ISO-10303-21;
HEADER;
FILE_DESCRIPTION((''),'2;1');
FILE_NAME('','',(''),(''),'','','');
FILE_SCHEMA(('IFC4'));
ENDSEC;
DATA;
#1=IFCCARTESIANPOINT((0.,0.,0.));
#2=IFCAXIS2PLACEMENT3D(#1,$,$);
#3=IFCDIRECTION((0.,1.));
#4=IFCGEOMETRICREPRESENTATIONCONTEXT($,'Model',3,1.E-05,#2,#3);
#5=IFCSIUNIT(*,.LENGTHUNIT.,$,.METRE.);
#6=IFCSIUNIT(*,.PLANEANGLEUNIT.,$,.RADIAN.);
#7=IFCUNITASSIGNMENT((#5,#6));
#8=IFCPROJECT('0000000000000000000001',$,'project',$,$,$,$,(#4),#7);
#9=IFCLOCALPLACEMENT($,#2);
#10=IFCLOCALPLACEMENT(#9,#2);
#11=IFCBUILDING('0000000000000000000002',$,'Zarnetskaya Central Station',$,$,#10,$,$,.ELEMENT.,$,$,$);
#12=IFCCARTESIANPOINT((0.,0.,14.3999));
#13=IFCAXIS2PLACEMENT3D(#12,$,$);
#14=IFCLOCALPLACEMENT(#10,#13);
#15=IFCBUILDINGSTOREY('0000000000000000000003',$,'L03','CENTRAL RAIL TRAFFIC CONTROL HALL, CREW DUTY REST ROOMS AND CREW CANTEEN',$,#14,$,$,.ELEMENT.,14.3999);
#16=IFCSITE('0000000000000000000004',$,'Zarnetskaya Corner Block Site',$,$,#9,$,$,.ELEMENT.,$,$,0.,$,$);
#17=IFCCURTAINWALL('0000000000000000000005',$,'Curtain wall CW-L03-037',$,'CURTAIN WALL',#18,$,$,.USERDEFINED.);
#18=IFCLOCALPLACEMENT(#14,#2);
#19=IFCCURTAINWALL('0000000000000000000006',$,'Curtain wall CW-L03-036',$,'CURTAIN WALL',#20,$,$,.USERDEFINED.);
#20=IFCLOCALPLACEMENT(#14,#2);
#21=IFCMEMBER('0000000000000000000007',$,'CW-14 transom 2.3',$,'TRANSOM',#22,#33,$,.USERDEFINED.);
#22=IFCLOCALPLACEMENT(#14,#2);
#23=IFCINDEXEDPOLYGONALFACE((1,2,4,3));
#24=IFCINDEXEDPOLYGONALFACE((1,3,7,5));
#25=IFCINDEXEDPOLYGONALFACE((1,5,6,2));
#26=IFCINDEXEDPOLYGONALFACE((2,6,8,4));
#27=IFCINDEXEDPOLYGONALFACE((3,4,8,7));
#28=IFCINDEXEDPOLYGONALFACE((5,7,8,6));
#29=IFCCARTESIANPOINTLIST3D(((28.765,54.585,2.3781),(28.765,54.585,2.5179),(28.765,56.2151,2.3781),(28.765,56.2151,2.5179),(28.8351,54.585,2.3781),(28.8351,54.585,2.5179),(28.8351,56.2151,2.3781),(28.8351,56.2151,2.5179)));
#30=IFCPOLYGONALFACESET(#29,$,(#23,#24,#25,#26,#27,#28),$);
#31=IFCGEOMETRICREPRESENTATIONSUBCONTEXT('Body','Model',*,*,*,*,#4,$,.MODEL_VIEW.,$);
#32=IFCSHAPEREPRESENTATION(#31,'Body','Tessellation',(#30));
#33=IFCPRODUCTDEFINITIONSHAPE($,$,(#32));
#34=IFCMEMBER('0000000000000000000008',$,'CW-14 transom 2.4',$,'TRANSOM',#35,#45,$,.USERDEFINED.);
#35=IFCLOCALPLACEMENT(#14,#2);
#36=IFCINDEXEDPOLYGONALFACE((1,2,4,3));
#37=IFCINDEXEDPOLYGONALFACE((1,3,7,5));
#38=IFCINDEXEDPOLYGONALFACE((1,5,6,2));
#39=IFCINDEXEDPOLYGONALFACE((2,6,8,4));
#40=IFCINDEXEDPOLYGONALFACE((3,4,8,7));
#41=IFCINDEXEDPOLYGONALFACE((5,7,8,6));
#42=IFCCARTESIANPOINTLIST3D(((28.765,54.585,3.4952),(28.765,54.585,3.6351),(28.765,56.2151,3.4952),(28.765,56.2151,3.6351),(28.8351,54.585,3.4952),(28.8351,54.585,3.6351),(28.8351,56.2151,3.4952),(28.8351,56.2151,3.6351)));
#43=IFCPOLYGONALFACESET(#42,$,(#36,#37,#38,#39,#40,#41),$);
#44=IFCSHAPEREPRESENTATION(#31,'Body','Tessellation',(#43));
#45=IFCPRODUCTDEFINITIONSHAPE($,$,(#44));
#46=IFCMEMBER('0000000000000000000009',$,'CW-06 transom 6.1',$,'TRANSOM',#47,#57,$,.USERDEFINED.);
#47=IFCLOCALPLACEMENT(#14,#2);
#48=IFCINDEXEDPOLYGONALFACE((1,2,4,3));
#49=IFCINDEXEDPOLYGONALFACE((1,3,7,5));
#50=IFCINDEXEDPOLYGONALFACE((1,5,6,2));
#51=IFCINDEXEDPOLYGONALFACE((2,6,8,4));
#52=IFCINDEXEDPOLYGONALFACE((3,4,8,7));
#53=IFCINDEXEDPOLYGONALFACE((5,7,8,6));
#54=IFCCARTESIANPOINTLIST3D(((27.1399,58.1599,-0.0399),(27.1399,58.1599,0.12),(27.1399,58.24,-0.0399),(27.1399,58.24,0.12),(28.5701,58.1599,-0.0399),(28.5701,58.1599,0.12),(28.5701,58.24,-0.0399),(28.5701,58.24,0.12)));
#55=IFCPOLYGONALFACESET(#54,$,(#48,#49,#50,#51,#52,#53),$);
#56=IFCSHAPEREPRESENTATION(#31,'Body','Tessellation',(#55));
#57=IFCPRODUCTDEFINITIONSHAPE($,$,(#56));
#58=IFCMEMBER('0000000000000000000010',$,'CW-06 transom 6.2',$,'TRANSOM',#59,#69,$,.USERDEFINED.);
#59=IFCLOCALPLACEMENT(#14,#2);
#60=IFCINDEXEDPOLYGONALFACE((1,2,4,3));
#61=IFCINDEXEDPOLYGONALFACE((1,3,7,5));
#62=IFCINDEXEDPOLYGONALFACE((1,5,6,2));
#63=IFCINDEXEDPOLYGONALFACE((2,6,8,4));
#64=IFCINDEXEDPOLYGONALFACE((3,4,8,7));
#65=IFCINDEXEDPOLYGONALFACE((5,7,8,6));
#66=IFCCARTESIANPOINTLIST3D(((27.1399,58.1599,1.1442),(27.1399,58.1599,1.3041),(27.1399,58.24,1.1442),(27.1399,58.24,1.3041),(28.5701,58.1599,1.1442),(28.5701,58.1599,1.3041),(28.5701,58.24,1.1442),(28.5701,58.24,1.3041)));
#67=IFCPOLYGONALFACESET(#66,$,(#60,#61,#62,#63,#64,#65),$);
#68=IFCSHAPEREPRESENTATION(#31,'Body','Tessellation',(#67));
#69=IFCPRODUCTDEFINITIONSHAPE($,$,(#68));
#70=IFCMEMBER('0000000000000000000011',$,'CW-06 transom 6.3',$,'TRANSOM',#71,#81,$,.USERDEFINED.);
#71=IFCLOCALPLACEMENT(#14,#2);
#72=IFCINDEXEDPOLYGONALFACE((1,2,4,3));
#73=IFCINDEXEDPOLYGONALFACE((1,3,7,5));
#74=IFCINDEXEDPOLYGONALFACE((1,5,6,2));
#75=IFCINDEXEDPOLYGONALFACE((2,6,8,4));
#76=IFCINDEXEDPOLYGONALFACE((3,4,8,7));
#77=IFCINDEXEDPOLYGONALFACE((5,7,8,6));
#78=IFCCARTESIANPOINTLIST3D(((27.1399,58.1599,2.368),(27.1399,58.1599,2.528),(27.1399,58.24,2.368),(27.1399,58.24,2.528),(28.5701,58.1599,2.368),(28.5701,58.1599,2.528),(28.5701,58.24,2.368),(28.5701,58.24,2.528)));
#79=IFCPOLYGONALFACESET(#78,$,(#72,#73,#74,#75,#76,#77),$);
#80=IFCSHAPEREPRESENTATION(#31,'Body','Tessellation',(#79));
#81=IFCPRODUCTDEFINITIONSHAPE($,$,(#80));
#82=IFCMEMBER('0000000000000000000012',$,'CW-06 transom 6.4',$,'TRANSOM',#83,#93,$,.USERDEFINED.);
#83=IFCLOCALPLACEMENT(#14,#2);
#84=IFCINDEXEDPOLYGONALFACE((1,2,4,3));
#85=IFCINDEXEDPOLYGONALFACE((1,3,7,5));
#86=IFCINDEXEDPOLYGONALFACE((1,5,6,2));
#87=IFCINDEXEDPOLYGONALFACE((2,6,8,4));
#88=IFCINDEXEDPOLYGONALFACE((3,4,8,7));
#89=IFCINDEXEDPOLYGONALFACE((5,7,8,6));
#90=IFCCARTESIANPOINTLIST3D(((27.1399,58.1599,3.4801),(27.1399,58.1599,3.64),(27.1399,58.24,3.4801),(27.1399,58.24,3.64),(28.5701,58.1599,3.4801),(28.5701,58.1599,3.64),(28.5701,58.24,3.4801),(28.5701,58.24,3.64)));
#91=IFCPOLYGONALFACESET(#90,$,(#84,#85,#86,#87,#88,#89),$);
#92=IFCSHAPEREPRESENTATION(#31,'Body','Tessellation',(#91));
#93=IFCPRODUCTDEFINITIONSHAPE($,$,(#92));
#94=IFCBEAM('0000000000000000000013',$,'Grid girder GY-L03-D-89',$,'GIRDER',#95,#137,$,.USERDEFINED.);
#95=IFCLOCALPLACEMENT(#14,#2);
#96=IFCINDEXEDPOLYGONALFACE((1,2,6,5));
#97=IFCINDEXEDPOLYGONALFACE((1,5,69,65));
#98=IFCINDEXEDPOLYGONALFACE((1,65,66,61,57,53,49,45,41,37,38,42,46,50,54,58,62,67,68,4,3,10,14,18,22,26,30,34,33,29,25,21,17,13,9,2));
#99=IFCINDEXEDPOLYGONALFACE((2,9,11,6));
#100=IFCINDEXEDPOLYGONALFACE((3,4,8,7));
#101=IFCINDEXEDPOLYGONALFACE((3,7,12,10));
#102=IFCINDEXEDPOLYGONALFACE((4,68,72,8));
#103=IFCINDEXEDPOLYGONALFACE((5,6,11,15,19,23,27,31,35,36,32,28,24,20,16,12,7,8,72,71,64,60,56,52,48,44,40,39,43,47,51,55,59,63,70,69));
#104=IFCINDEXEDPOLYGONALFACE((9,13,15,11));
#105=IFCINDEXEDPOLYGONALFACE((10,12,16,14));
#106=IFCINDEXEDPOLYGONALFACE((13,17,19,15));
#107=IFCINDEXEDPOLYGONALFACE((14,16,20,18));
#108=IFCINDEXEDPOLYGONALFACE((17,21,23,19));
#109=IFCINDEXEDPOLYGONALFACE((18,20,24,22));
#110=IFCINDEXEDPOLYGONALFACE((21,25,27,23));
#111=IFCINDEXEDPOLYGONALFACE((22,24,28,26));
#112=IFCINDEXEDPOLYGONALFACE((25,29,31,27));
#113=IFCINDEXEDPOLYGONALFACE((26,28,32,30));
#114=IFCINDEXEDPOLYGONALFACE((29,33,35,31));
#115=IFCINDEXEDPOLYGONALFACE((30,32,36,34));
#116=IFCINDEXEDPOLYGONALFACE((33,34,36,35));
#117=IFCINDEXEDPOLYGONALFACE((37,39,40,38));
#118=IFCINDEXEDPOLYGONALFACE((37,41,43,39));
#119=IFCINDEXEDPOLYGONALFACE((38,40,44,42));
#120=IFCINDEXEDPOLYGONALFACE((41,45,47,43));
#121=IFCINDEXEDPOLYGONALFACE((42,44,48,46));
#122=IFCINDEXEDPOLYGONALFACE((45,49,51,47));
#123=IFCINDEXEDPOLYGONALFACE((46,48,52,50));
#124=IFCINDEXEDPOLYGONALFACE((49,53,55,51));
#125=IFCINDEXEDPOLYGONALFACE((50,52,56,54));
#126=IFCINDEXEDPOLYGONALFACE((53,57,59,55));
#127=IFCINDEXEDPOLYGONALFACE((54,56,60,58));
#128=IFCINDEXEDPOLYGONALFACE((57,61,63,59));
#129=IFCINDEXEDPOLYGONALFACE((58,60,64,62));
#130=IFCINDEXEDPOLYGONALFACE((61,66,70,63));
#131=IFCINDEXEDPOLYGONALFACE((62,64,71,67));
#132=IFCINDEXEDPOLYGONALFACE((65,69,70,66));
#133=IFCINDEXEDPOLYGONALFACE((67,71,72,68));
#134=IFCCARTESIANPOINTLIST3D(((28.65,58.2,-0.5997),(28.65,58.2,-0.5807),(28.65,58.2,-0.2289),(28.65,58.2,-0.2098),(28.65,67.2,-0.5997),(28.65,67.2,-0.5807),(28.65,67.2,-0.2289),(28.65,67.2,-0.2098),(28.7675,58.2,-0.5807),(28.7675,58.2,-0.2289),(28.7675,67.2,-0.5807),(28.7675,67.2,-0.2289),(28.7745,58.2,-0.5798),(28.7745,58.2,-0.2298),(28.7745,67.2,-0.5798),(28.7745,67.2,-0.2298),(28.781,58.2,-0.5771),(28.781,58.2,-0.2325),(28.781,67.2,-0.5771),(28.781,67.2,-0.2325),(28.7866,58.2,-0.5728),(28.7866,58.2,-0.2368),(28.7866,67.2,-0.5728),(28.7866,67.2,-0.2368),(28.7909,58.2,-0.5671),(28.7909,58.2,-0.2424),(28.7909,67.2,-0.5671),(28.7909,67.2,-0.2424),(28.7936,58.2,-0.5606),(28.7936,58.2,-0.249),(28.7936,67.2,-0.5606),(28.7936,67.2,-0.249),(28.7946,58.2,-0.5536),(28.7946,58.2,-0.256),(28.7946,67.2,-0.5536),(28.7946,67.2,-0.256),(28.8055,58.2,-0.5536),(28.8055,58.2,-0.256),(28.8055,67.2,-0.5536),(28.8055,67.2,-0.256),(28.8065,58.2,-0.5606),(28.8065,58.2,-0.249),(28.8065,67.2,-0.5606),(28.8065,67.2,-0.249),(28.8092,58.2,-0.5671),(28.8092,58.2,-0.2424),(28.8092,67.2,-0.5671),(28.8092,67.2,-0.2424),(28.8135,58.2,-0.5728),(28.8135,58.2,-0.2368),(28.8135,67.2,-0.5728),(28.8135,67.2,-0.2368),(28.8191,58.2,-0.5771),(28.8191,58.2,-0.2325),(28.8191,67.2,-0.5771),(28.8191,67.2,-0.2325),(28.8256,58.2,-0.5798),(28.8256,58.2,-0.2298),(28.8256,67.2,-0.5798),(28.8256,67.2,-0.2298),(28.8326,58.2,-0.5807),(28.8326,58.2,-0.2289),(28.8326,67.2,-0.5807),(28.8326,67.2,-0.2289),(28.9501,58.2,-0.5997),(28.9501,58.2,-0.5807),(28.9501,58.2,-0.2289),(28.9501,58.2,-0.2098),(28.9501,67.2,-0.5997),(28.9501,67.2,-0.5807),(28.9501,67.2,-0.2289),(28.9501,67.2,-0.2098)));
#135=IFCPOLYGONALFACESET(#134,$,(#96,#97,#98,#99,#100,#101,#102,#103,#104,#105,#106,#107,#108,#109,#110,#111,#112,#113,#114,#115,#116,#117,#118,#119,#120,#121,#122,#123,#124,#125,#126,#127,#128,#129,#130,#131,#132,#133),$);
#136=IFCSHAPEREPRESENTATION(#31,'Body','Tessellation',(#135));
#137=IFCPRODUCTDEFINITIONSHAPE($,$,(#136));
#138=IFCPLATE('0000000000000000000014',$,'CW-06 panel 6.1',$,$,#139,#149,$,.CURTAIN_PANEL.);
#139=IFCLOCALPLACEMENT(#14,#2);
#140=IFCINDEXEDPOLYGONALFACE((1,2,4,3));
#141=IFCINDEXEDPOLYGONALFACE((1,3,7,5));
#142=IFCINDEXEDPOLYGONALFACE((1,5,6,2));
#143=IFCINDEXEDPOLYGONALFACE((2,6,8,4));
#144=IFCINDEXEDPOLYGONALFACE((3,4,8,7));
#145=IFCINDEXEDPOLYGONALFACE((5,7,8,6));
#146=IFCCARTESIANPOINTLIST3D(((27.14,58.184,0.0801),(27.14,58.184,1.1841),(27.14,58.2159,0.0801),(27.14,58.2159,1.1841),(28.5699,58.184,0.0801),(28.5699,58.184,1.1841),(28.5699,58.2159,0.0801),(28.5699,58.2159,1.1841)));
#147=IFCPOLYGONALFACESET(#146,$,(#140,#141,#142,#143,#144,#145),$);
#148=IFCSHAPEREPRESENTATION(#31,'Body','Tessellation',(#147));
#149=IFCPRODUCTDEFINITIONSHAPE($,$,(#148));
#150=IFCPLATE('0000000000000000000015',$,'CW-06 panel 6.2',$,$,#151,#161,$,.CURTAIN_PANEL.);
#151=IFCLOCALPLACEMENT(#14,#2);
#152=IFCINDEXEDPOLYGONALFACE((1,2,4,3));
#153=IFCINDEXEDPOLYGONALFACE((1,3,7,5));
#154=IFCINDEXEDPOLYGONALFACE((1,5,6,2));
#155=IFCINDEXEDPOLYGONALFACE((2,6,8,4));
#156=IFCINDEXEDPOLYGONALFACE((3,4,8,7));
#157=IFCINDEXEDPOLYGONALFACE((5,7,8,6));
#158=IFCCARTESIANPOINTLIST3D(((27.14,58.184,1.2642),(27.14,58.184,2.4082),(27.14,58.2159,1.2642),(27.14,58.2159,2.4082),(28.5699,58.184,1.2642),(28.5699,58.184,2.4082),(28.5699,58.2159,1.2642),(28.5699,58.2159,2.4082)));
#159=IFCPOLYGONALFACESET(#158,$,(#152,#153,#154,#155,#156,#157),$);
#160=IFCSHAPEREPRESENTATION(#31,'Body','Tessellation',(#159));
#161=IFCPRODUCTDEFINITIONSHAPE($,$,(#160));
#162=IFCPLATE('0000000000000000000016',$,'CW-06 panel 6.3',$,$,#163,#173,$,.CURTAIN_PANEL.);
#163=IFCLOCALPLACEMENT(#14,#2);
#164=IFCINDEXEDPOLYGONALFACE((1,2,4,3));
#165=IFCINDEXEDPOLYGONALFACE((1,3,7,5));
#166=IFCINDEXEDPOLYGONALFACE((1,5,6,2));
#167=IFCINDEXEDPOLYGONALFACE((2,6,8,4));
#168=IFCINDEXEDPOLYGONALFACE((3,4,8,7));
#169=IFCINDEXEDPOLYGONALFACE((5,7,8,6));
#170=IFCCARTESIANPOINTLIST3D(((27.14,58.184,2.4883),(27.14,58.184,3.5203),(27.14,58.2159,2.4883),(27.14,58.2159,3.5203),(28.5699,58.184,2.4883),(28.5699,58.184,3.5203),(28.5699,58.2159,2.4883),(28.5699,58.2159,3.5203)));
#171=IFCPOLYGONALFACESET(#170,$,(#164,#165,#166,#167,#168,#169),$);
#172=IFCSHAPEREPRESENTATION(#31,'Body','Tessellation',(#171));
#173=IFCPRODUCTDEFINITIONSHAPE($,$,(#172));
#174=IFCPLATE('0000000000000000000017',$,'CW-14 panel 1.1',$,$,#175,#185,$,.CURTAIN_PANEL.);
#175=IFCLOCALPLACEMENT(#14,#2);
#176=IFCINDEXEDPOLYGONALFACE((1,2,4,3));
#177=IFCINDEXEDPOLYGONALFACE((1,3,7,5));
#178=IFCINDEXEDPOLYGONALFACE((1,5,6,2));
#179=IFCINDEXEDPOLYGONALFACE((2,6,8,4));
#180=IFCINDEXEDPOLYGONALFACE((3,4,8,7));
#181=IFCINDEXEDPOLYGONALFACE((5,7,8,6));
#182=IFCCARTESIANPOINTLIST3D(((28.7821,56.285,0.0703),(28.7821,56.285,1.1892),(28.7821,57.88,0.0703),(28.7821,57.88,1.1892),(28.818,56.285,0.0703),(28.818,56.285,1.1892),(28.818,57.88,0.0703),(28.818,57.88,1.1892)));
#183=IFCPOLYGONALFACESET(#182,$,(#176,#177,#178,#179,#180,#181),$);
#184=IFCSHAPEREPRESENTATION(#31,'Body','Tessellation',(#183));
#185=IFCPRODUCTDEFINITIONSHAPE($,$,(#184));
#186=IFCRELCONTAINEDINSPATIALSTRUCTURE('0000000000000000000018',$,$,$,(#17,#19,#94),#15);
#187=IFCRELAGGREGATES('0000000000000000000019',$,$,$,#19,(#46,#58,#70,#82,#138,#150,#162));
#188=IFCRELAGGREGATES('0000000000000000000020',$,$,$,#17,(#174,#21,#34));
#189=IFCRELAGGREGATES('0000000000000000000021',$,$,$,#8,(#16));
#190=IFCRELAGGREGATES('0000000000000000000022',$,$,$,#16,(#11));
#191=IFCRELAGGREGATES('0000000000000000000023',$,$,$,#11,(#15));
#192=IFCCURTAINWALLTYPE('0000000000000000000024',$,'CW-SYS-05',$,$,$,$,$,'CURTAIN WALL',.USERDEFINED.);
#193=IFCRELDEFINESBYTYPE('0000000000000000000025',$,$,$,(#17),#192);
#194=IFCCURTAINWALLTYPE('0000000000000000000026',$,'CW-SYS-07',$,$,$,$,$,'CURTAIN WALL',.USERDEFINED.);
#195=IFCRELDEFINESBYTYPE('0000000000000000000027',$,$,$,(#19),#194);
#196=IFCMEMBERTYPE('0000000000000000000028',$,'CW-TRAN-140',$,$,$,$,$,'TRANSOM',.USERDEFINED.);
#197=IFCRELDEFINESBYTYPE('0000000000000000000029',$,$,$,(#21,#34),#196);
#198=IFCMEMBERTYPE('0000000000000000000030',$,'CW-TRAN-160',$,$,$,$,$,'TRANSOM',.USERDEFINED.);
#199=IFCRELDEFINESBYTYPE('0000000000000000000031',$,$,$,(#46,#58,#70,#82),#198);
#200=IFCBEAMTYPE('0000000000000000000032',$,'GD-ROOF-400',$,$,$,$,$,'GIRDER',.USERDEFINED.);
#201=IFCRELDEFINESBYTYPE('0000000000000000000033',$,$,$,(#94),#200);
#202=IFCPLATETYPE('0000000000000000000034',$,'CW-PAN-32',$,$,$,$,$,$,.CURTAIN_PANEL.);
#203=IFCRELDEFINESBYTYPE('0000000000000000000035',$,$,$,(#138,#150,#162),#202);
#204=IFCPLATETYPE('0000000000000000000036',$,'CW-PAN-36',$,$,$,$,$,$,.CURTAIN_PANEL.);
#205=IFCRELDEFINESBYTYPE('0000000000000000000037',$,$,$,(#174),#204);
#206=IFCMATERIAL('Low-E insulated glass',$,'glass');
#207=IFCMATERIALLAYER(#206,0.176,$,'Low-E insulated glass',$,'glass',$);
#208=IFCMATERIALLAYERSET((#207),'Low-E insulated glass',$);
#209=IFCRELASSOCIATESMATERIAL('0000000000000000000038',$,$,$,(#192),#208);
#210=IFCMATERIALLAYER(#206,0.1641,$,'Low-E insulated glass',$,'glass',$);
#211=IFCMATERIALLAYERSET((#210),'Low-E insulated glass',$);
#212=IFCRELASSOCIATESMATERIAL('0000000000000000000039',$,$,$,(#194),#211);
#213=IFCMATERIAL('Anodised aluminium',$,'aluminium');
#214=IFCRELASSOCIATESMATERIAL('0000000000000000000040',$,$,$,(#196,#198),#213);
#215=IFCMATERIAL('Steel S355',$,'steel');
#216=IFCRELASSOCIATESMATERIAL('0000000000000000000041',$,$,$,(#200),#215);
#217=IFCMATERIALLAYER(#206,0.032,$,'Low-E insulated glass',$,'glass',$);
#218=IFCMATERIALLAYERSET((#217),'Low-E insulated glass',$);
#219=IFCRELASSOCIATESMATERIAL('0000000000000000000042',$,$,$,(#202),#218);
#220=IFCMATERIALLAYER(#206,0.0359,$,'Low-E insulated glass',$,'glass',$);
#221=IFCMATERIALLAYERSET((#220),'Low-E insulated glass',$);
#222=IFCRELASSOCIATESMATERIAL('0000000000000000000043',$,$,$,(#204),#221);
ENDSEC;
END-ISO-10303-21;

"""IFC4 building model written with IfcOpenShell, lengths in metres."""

from ifc_helpers import new_model, si_unit, direction, frame, origin, origin_2d, place, context, subcontext, project, spatial, rectangle, i_section, extrude, material, layer, layer_set, material_profile, profile_set, type_object, element, aggregate, save


model = new_model("IFC4")

# Units and contexts
model_context = context("Model", 3, precision=1e-05, world=origin(), true_north=direction((0.0, 1.0)))
body_context = subcontext(model_context, "Body", "Model", "MODEL_VIEW")
ifc_project = project(units=[si_unit("LENGTHUNIT", "METRE"), si_unit("PLANEANGLEUNIT", "RADIAN")], contexts=[model_context])

# Site, building, storey
site_placement = place(None, origin())
site = spatial("IfcSite", under=ifc_project, at=site_placement, Name="Zarnetskaya Corner Block Site", CompositionType="ELEMENT", RefElevation=0.0)
building_placement = place(site_placement, origin())
building = spatial("IfcBuilding", under=site, at=building_placement, Name="Zarnetskaya Central Station", CompositionType="ELEMENT")
storey_placement = place(building_placement, frame((0.0, 0.0, 14.3999)))
storey = spatial("IfcBuildingStorey", under=building, at=storey_placement, Name="L03", Description="CENTRAL RAIL TRAFFIC CONTROL HALL, CREW DUTY REST ROOMS AND CREW CANTEEN", CompositionType="ELEMENT", Elevation=14.3999)

# Shared definitions
ifc_material_1 = material(Name="Steel S355", Category="steel")

# Curtain walls
ifc_material_2 = material(Name="Low-E insulated glass", Category="glass")
ifc_layer_1 = layer(ifc_material_2, 0.176, Name="Low-E insulated glass", Category="glass")
ifc_layer_set_1 = layer_set([ifc_layer_1], Name="Low-E insulated glass")
curtain_wall_type_1 = type_object("IfcCurtainWallType", Name="CW-SYS-05", ElementType="CURTAIN WALL", PredefinedType="USERDEFINED", material=ifc_layer_set_1)
curtain_wall_1_placement = place(storey_placement, origin())
curtain_wall_1 = element("IfcCurtainWall", 1, at=curtain_wall_1_placement, inside=storey, type_object=curtain_wall_type_1, Name="Curtain wall CW-L03-037", ObjectType="CURTAIN WALL", PredefinedType="USERDEFINED")
ifc_material_3 = material(Name="Anodised aluminium", Category="aluminium")
ifc_layer_2 = layer(ifc_material_2, 0.1641, Name="Low-E insulated glass", Category="glass")
ifc_layer_set_2 = layer_set([ifc_layer_2], Name="Low-E insulated glass")
curtain_wall_type_2 = type_object("IfcCurtainWallType", Name="CW-SYS-07", ElementType="CURTAIN WALL", PredefinedType="USERDEFINED", material=ifc_layer_set_2)
curtain_wall_2_placement = place(storey_placement, origin())
curtain_wall_2 = element("IfcCurtainWall", 2, at=curtain_wall_2_placement, inside=storey, type_object=curtain_wall_type_2, Name="Curtain wall CW-L03-036", ObjectType="CURTAIN WALL", PredefinedType="USERDEFINED")

# Members
ifc_material_profile_1 = material_profile(ifc_material_3, rectangle(XDim=0.0701, YDim=0.1399, at=origin_2d()), Name="ALU TRAN 70x140")
ifc_profile_set_1 = profile_set([ifc_material_profile_1], Name="Anodised aluminium")
member_type_1 = type_object("IfcMemberType", Name="CW-TRAN-140", ElementType="TRANSOM", PredefinedType="USERDEFINED", material=ifc_profile_set_1)
member_1_placement = place(storey_placement, frame((28.8, 56.2151, 2.448), z_axis=(0.0, -1.0, 0.0), x_axis=(1.0, 0.0, 0.0)))
member_1 = element("IfcMember", 3, at=member_1_placement, type_object=member_type_1, Name="CW-14 transom 2.3", ObjectType="TRANSOM", PredefinedType="USERDEFINED", context=body_context, shape_type="SweptSolid", body=[
    extrude(rectangle(XDim=0.0701, YDim=0.1399, at=origin_2d()), origin(), (0.0, 0.0, 1.0), 1.6301),
])
member_2_placement = place(storey_placement, frame((28.8, 56.2151, 3.5652), z_axis=(0.0, -1.0, 0.0), x_axis=(1.0, 0.0, 0.0)))
member_2 = element("IfcMember", 4, at=member_2_placement, type_object=member_type_1, Name="CW-14 transom 2.4", ObjectType="TRANSOM", PredefinedType="USERDEFINED", context=body_context, shape_type="SweptSolid", body=[
    extrude(rectangle(XDim=0.0701, YDim=0.1399, at=origin_2d()), origin(), (0.0, 0.0, 1.0), 1.6301),
])
ifc_material_profile_2 = material_profile(ifc_material_3, rectangle(XDim=0.0801, YDim=0.1599, at=origin_2d()), Name="ALU TRAN 80x160")
ifc_profile_set_2 = profile_set([ifc_material_profile_2], Name="Anodised aluminium")
member_type_2 = type_object("IfcMemberType", Name="CW-TRAN-160", ElementType="TRANSOM", PredefinedType="USERDEFINED", material=ifc_profile_set_2)
member_3_placement = place(storey_placement, frame((27.1399, 58.2, 0.04), z_axis=(1.0, 0.0, 0.0), x_axis=(0.0, 1.0, 0.0)))
member_3 = element("IfcMember", 5, at=member_3_placement, type_object=member_type_2, Name="CW-06 transom 6.1", ObjectType="TRANSOM", PredefinedType="USERDEFINED", context=body_context, shape_type="SweptSolid", body=[
    extrude(rectangle(XDim=0.0801, YDim=0.1599, at=origin_2d()), origin(), (0.0, 0.0, 1.0), 1.4302),
])
member_4_placement = place(storey_placement, frame((27.1399, 58.2, 1.2241), z_axis=(1.0, 0.0, 0.0), x_axis=(0.0, 1.0, 0.0)))
member_4 = element("IfcMember", 6, at=member_4_placement, type_object=member_type_2, Name="CW-06 transom 6.2", ObjectType="TRANSOM", PredefinedType="USERDEFINED", context=body_context, shape_type="SweptSolid", body=[
    extrude(rectangle(XDim=0.0801, YDim=0.1599, at=origin_2d()), origin(), (0.0, 0.0, 1.0), 1.4302),
])
member_5_placement = place(storey_placement, frame((27.1399, 58.2, 2.448), z_axis=(1.0, 0.0, 0.0), x_axis=(0.0, 1.0, 0.0)))
member_5 = element("IfcMember", 7, at=member_5_placement, type_object=member_type_2, Name="CW-06 transom 6.3", ObjectType="TRANSOM", PredefinedType="USERDEFINED", context=body_context, shape_type="SweptSolid", body=[
    extrude(rectangle(XDim=0.0801, YDim=0.1599, at=origin_2d()), origin(), (0.0, 0.0, 1.0), 1.4302),
])
member_6_placement = place(storey_placement, frame((27.1399, 58.2, 3.5601), z_axis=(1.0, 0.0, 0.0), x_axis=(0.0, 1.0, 0.0)))
member_6 = element("IfcMember", 8, at=member_6_placement, type_object=member_type_2, Name="CW-06 transom 6.4", ObjectType="TRANSOM", PredefinedType="USERDEFINED", context=body_context, shape_type="SweptSolid", body=[
    extrude(rectangle(XDim=0.0801, YDim=0.1599, at=origin_2d()), origin(), (0.0, 0.0, 1.0), 1.4302),
])

# Beam
ifc_material_profile_3 = material_profile(ifc_material_1, i_section(OverallWidth=0.3, OverallDepth=0.3899, WebThickness=0.011, FlangeThickness=0.019, FilletRadius=0.0271, at=origin_2d()), Name="HEA 400")
ifc_profile_set_3 = profile_set([ifc_material_profile_3], Name="Steel S355")
beam_type = type_object("IfcBeamType", Name="GD-ROOF-400", ElementType="GIRDER", PredefinedType="USERDEFINED", material=ifc_profile_set_3)
beam_placement = place(storey_placement, frame((28.8, 58.2, -0.4048), z_axis=(0.0, 1.0, 0.0), x_axis=(-1.0, 0.0, 0.0)))
element("IfcBeam", 9, at=beam_placement, inside=storey, type_object=beam_type, Name="Grid girder GY-L03-D-89", ObjectType="GIRDER", PredefinedType="USERDEFINED", context=body_context, shape_type="SweptSolid", body=[
    extrude(i_section(OverallWidth=0.3, OverallDepth=0.3899, WebThickness=0.011, FlangeThickness=0.019, FilletRadius=0.0271, at=origin_2d()), origin(), (0.0, 0.0, 1.0), 9.0),
])

# Plates
ifc_layer_3 = layer(ifc_material_2, 0.032, Name="Low-E insulated glass", Category="glass")
ifc_layer_set_3 = layer_set([ifc_layer_3], Name="Low-E insulated glass")
plate_type_1 = type_object("IfcPlateType", Name="CW-PAN-32", PredefinedType="CURTAIN_PANEL", material=ifc_layer_set_3)
plate_1_placement = place(storey_placement, frame((27.855, 58.2, 0.0801), z_axis=(0.0, 0.0, 1.0), x_axis=(1.0, 0.0, 0.0)))
plate_1 = element("IfcPlate", 10, at=plate_1_placement, type_object=plate_type_1, Name="CW-06 panel 6.1", PredefinedType="CURTAIN_PANEL", context=body_context, shape_type="SweptSolid", body=[
    extrude(rectangle(XDim=1.4299, YDim=0.032, at=origin_2d()), origin(), (0.0, 0.0, 1.0), 1.104),
])
plate_2_placement = place(storey_placement, frame((27.855, 58.2, 1.2642), z_axis=(0.0, 0.0, 1.0), x_axis=(1.0, 0.0, 0.0)))
plate_2 = element("IfcPlate", 11, at=plate_2_placement, type_object=plate_type_1, Name="CW-06 panel 6.2", PredefinedType="CURTAIN_PANEL", context=body_context, shape_type="SweptSolid", body=[
    extrude(rectangle(XDim=1.4299, YDim=0.032, at=origin_2d()), origin(), (0.0, 0.0, 1.0), 1.144),
])
plate_3_placement = place(storey_placement, frame((27.855, 58.2, 2.4883), z_axis=(0.0, 0.0, 1.0), x_axis=(1.0, 0.0, 0.0)))
plate_3 = element("IfcPlate", 12, at=plate_3_placement, type_object=plate_type_1, Name="CW-06 panel 6.3", PredefinedType="CURTAIN_PANEL", context=body_context, shape_type="SweptSolid", body=[
    extrude(rectangle(XDim=1.4299, YDim=0.032, at=origin_2d()), origin(), (0.0, 0.0, 1.0), 1.032),
])
aggregate(curtain_wall_2, [member_3, member_4, member_5, member_6, plate_1, plate_2, plate_3])
ifc_layer_4 = layer(ifc_material_2, 0.0359, Name="Low-E insulated glass", Category="glass")
ifc_layer_set_4 = layer_set([ifc_layer_4], Name="Low-E insulated glass")
plate_type_2 = type_object("IfcPlateType", Name="CW-PAN-36", PredefinedType="CURTAIN_PANEL", material=ifc_layer_set_4)
plate_4_placement = place(storey_placement, frame((28.8, 57.0825, 0.0703), z_axis=(0.0, 0.0, 1.0), x_axis=(0.0, -1.0, 0.0)))
plate_4 = element("IfcPlate", 13, at=plate_4_placement, type_object=plate_type_2, Name="CW-14 panel 1.1", PredefinedType="CURTAIN_PANEL", context=body_context, shape_type="SweptSolid", body=[
    extrude(rectangle(XDim=1.595, YDim=0.0359, at=origin_2d()), origin(), (0.0, 0.0, 1.0), 1.1189),
])
aggregate(curtain_wall_1, [plate_4, member_1, member_2])

save(model, "model.ifc")
